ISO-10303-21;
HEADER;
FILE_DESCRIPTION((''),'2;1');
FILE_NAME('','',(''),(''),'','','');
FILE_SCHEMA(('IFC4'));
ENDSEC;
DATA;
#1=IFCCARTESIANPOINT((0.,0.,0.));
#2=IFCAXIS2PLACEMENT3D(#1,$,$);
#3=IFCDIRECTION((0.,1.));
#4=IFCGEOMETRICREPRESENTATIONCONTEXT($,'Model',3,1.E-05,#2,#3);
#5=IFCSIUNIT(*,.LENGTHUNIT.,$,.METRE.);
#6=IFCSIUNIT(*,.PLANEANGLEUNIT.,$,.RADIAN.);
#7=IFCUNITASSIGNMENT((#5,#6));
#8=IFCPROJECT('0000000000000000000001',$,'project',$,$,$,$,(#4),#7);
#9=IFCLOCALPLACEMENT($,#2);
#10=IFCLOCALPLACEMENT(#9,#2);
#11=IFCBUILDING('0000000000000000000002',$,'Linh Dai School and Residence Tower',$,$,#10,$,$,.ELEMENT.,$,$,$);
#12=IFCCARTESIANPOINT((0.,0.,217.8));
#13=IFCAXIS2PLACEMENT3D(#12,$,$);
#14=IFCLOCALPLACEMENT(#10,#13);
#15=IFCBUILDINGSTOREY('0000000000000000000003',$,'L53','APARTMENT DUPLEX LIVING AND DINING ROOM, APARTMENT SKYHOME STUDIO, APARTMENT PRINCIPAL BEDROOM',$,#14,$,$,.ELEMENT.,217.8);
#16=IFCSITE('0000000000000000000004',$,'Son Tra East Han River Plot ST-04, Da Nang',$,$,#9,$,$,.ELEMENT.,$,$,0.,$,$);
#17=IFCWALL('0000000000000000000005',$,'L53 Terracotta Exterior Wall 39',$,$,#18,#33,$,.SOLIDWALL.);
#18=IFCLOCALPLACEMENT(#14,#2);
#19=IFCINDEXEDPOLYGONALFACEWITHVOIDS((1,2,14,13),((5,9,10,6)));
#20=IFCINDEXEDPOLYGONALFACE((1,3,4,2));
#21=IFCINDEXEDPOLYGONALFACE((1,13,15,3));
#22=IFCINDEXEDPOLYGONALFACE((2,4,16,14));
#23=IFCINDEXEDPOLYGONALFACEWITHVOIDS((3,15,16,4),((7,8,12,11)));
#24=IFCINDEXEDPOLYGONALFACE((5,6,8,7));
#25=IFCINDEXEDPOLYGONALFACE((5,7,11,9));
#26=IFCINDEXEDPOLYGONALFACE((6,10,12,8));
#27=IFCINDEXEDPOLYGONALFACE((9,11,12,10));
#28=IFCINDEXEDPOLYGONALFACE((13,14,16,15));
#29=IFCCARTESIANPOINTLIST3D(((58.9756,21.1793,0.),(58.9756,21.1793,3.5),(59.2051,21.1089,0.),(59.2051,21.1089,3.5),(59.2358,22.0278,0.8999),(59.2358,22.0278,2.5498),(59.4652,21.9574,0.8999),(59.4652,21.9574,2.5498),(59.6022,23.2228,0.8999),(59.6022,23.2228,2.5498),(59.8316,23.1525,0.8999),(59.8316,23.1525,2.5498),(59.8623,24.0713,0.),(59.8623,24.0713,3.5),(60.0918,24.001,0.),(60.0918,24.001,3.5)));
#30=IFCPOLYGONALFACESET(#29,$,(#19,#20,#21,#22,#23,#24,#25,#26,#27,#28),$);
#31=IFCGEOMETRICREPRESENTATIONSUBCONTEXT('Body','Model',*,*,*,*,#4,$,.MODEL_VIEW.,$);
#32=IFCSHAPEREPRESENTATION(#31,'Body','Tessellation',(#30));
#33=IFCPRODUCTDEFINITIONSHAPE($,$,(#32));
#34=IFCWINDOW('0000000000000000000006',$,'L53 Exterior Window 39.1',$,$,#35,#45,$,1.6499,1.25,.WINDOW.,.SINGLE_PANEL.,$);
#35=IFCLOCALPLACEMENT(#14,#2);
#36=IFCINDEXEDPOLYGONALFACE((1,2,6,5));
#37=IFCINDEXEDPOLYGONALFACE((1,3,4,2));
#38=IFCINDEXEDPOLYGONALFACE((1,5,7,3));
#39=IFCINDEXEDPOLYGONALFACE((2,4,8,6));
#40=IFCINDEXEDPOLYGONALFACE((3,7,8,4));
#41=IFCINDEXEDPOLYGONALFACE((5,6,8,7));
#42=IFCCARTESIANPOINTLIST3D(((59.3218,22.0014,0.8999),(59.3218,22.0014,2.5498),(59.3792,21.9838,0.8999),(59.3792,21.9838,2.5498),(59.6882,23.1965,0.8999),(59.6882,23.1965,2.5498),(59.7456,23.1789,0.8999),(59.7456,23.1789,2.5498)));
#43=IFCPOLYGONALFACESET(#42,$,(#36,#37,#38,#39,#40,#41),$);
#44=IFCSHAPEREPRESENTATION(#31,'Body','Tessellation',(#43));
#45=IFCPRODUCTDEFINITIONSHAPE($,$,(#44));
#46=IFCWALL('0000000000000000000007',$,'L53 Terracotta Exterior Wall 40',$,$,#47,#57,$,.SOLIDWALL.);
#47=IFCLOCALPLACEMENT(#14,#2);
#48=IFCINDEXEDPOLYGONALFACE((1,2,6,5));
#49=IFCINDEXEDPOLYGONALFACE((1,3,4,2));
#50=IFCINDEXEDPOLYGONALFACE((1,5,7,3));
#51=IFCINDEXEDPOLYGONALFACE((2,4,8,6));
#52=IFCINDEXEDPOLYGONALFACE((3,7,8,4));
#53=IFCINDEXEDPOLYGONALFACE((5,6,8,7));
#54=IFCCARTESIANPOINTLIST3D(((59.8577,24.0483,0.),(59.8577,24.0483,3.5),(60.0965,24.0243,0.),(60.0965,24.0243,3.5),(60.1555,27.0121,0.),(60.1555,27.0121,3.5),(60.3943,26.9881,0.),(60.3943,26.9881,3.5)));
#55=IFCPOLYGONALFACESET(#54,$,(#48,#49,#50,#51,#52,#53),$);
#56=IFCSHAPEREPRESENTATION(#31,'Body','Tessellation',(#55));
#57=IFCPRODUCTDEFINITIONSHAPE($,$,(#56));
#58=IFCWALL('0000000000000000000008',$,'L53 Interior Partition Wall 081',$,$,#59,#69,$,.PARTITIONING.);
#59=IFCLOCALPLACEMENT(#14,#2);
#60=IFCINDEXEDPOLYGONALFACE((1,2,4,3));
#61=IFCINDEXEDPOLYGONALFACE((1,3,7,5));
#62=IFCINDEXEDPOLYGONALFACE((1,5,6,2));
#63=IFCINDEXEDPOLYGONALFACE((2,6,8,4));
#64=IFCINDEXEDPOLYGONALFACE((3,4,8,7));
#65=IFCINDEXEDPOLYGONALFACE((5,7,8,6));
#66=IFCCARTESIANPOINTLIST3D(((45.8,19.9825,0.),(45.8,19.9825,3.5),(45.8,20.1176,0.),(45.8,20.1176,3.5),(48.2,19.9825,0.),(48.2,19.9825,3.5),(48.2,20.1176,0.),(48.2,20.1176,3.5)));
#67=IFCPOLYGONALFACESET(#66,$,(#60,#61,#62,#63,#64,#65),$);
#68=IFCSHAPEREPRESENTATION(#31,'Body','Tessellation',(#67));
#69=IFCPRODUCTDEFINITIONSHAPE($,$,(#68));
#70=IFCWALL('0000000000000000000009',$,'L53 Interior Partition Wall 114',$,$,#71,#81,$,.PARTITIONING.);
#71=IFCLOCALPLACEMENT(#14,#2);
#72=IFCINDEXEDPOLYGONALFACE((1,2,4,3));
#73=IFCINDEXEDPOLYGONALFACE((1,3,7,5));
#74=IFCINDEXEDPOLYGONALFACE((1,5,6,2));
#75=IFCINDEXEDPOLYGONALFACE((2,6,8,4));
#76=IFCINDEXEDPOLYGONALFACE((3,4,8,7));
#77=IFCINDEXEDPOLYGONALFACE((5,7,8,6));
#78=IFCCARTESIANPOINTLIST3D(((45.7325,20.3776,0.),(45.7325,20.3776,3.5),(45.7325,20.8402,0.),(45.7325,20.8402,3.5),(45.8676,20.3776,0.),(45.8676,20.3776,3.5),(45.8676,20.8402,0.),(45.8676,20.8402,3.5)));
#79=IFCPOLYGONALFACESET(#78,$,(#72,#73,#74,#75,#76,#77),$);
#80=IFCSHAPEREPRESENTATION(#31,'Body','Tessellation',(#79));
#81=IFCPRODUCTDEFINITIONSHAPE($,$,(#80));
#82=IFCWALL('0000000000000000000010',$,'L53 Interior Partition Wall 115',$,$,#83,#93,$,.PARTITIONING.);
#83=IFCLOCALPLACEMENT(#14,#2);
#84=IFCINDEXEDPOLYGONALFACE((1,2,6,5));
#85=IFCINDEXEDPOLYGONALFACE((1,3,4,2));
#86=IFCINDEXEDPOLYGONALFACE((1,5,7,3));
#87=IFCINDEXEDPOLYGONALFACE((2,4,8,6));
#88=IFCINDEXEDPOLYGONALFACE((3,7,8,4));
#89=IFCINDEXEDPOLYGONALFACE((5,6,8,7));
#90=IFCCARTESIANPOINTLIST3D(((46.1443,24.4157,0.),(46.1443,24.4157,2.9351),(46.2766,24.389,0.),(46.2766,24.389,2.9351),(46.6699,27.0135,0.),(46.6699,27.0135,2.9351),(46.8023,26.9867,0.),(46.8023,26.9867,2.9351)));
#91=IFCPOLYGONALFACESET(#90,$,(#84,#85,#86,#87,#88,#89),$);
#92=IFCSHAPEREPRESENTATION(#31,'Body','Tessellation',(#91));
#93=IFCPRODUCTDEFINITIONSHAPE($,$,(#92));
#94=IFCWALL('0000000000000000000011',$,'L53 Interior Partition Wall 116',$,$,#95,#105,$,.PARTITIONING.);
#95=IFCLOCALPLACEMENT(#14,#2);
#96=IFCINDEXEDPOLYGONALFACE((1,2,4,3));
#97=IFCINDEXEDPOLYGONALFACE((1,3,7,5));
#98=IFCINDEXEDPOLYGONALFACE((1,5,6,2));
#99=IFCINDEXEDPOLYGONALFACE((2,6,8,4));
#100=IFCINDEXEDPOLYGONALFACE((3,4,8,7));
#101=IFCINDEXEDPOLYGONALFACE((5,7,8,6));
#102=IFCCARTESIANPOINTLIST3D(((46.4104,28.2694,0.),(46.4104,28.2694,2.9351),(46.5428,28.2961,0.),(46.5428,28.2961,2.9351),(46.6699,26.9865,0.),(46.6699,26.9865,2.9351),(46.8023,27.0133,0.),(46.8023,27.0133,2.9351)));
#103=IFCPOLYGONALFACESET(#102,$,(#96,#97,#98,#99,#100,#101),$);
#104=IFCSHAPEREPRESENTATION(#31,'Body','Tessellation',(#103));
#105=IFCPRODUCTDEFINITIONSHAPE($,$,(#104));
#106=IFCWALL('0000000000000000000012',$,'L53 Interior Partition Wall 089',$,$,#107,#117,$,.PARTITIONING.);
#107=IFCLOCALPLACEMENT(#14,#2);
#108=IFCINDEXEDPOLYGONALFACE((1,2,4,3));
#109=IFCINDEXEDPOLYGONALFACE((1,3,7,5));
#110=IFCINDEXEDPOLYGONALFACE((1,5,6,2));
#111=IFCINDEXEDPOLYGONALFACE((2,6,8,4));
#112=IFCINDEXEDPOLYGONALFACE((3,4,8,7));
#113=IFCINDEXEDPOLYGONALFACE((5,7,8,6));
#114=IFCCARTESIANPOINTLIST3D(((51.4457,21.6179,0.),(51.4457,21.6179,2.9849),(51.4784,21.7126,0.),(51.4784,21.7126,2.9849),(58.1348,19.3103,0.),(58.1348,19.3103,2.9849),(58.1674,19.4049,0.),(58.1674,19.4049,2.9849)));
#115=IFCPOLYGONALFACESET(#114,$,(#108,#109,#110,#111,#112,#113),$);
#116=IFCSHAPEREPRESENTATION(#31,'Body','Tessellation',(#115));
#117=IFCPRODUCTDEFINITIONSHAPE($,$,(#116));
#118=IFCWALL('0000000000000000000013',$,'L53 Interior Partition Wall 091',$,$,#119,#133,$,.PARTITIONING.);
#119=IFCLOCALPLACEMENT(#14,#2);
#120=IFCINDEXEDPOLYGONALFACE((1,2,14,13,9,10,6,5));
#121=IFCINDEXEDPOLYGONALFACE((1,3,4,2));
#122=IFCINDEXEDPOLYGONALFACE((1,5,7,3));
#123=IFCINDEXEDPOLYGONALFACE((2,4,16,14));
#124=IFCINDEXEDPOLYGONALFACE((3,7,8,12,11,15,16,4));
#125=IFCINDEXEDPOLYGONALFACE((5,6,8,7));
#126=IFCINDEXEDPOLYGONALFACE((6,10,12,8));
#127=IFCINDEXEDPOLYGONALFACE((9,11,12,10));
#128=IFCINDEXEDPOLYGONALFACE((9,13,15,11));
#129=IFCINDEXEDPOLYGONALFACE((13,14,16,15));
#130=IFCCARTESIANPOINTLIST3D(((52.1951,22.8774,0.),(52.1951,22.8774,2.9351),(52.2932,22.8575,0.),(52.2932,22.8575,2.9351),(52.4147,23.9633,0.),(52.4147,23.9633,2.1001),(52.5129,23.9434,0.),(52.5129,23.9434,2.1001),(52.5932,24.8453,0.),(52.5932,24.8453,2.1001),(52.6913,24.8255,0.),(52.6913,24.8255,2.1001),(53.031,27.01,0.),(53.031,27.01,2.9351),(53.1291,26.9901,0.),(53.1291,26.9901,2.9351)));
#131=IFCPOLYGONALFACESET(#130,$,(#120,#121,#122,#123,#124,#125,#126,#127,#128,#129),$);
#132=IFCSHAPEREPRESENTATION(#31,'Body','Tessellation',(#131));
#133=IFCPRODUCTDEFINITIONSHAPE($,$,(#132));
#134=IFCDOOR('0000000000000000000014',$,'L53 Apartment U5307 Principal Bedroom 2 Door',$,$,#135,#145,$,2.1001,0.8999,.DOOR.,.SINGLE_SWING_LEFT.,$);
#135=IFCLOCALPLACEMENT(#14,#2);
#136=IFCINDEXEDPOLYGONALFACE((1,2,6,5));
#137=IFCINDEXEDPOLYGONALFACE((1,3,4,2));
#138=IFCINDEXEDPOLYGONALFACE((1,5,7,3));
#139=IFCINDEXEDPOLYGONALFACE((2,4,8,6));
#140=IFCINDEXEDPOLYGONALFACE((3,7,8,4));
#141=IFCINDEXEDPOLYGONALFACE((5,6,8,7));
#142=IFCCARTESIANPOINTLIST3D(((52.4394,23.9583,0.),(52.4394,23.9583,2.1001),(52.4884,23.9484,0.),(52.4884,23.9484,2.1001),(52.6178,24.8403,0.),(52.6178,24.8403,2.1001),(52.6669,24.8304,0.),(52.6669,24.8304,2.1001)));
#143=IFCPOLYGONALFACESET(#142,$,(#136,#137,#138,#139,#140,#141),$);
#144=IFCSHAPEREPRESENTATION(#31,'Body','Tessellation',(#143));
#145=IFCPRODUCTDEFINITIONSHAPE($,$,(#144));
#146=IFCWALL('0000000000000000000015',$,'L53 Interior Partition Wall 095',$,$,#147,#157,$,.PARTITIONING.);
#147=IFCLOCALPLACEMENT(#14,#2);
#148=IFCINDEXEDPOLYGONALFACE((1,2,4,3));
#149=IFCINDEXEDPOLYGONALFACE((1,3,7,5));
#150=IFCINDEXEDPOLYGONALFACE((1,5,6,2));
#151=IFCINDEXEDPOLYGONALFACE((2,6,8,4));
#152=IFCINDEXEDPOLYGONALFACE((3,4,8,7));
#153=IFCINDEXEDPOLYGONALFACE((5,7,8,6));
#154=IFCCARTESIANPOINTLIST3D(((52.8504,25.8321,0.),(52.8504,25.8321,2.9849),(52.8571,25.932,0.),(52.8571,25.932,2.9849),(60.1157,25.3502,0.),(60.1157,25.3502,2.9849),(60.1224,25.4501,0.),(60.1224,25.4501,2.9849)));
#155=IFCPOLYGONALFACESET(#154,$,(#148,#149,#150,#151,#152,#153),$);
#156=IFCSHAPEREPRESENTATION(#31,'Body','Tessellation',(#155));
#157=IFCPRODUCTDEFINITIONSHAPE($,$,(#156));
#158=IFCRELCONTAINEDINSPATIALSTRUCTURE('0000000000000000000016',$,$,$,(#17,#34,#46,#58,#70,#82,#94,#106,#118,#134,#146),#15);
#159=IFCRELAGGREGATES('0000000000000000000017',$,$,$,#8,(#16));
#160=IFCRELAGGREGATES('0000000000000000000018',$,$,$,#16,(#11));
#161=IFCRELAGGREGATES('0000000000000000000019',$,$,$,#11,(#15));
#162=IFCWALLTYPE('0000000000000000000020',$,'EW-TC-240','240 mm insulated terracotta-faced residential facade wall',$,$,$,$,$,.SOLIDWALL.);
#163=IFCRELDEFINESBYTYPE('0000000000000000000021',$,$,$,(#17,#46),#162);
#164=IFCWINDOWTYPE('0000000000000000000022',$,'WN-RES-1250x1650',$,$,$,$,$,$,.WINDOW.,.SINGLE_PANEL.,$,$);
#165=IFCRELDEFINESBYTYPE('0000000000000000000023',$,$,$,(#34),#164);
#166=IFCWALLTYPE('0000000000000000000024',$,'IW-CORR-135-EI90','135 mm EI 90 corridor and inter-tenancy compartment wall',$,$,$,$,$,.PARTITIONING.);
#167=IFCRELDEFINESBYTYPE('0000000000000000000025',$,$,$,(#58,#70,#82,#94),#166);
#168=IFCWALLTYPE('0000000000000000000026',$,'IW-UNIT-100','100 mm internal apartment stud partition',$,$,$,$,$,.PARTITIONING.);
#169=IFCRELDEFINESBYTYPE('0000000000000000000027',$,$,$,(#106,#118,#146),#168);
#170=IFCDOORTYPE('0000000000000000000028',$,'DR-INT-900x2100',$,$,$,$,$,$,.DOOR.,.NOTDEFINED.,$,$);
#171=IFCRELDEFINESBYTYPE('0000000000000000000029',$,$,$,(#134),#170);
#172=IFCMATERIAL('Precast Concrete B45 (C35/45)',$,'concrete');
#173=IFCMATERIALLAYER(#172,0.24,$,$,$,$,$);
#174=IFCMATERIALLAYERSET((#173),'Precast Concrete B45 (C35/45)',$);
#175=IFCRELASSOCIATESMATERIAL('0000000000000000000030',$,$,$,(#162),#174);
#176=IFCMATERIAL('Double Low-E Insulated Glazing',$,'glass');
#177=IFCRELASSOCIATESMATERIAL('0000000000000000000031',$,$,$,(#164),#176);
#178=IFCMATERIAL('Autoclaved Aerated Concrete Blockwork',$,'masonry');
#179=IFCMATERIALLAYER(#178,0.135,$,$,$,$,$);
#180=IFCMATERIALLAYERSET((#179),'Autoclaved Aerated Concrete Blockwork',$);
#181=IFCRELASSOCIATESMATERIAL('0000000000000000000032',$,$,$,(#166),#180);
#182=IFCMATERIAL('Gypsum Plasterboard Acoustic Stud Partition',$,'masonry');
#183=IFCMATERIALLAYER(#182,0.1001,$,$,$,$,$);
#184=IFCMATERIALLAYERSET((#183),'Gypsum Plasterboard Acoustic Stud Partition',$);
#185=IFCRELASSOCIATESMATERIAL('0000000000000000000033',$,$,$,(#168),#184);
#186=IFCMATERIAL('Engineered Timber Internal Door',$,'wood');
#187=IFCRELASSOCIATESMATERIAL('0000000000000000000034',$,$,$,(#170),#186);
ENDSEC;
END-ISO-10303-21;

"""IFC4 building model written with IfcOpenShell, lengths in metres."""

from ifc_helpers import new_model, si_unit, direction, frame, frame_2d, origin, origin_2d, place, context, subcontext, project, spatial, rectangle, extrude, source, transform, mapped, material, layer, layer_set, type_object, element, fill, save


model = new_model("IFC4")

# Units and contexts
model_context = context("Model", 3, precision=1e-05, world=origin(), true_north=direction((0.0, 1.0)))
body_context = subcontext(model_context, "Body", "Model", "MODEL_VIEW")
ifc_project = project(units=[si_unit("LENGTHUNIT", "METRE"), si_unit("PLANEANGLEUNIT", "RADIAN")], contexts=[model_context])

# Site, building, storey
site_placement = place(None, origin())
site = spatial("IfcSite", under=ifc_project, at=site_placement, Name="Son Tra East Han River Plot ST-04, Da Nang", CompositionType="ELEMENT", RefElevation=0.0)
building_placement = place(site_placement, origin())
building = spatial("IfcBuilding", under=site, at=building_placement, Name="Linh Dai School and Residence Tower", CompositionType="ELEMENT")
storey_placement = place(building_placement, frame((0.0, 0.0, 217.8)))
storey = spatial("IfcBuildingStorey", under=building, at=storey_placement, Name="L53", Description="APARTMENT DUPLEX LIVING AND DINING ROOM, APARTMENT SKYHOME STUDIO, APARTMENT PRINCIPAL BEDROOM", CompositionType="ELEMENT", Elevation=217.8)

# Shared definitions
ifc_material_1 = material(Name="Precast Concrete B45 (C35/45)", Category="concrete")
ifc_layer_1 = layer(ifc_material_1, 0.24)
ifc_layer_set_1 = layer_set([ifc_layer_1], Name="Precast Concrete B45 (C35/45)")
wall_type_1 = type_object("IfcWallType", Name="EW-TC-240", Description="240 mm insulated terracotta-faced residential facade wall", PredefinedType="SOLIDWALL", material=ifc_layer_set_1)

# Wall, opening, window
wall_1_placement = place(storey_placement, frame((59.9771, 24.0361, 0.0), z_axis=(0.0, 0.0, 1.0), x_axis=(-0.293133, -0.956072, 0.0)))
wall_1 = element("IfcWall", 1, at=wall_1_placement, inside=storey, type_object=wall_type_1, Name="L53 Terracotta Exterior Wall 39", PredefinedType="SOLIDWALL", context=body_context, shape_type="SweptSolid", body=[
    extrude(rectangle(XDim=3.0249, YDim=0.24, at=frame_2d((1.5125, 0.0))), origin(), (0.0, 0.0, 1.0), 3.5),
])
opening_1_placement = place(wall_1_placement, frame((0.8875, 0.0, 0.8999)))
opening_1 = element("IfcOpeningElement", 2, at=opening_1_placement, cuts=wall_1, PredefinedType="OPENING", context=body_context, shape_type="SweptSolid", body=[
    extrude(rectangle(XDim=1.25, YDim=1.6499, at=origin_2d()), frame((0.625, 0.1299, 0.825), z_axis=(0.0, -1.0, 0.0), x_axis=(1.0, 0.0, 0.0)), (0.0, 0.0, 1.0), 0.26),
])
ifc_material_2 = material(Name="Double Low-E Insulated Glazing", Category="glass")
window_type = type_object("IfcWindowType", Name="WN-RES-1250x1650", PartitioningType="SINGLE_PANEL", PredefinedType="WINDOW", material=ifc_material_2)
shared_shape_1 = source(origin(), body_context, "Body", "SweptSolid", [
    extrude(rectangle(XDim=1.25, YDim=1.6499, at=origin_2d()), frame((0.625, 0.03, 0.825), z_axis=(0.0, -1.0, 0.0), x_axis=(1.0, 0.0, 0.0)), (0.0, 0.0, 1.0), 0.0601),
])
window_placement = place(opening_1_placement, origin())
window = element("IfcWindow", 3, at=window_placement, inside=storey, type_object=window_type, Name="L53 Exterior Window 39.1", OverallHeight=1.6499, OverallWidth=1.25, PartitioningType="SINGLE_PANEL", PredefinedType="WINDOW", context=body_context, shape_type="MappedRepresentation", body=[
    mapped(shared_shape_1, transform((0.0, 0.0, 0.0), x_axis=(1.0, 0.0, 0.0), y_axis=(0.0, 1.0, 0.0), z_axis=(0.0, 0.0, 1.0), scale=1.0)),
])
fill(opening_1, window)

# Walls
wall_2_placement = place(storey_placement, frame((60.2749, 27.0, 0.0), z_axis=(0.0, 0.0, 1.0), x_axis=(-0.099991, -0.994988, 0.0)))
element("IfcWall", 4, at=wall_2_placement, inside=storey, type_object=wall_type_1, Name="L53 Terracotta Exterior Wall 40", PredefinedType="SOLIDWALL", context=body_context, shape_type="SweptSolid", body=[
    extrude(rectangle(XDim=2.9788, YDim=0.24, at=frame_2d((1.4893, 0.0))), origin(), (0.0, 0.0, 1.0), 3.5),
])
ifc_material_3 = material(Name="Autoclaved Aerated Concrete Blockwork", Category="masonry")
ifc_layer_2 = layer(ifc_material_3, 0.135)
ifc_layer_set_2 = layer_set([ifc_layer_2], Name="Autoclaved Aerated Concrete Blockwork")
wall_type_2 = type_object("IfcWallType", Name="IW-CORR-135-EI90", Description="135 mm EI 90 corridor and inter-tenancy compartment wall", PredefinedType="PARTITIONING", material=ifc_layer_set_2)
wall_3_placement = place(storey_placement, frame((45.8, 20.05, 0.0), z_axis=(0.0, 0.0, 1.0), x_axis=(1.0, 0.0, 0.0)))
element("IfcWall", 5, at=wall_3_placement, inside=storey, type_object=wall_type_2, Name="L53 Interior Partition Wall 081", PredefinedType="PARTITIONING", context=body_context, shape_type="SweptSolid", body=[
    extrude(rectangle(XDim=2.3999, YDim=0.135, at=frame_2d((1.2, 0.0))), origin(), (0.0, 0.0, 1.0), 3.5),
])
wall_4_placement = place(storey_placement, frame((45.8, 20.3774, 0.0), z_axis=(0.0, 0.0, 1.0), x_axis=(0.0, 1.0, 0.0)))
element("IfcWall", 6, at=wall_4_placement, inside=storey, type_object=wall_type_2, Name="L53 Interior Partition Wall 114", PredefinedType="PARTITIONING", context=body_context, shape_type="SweptSolid", body=[
    extrude(rectangle(XDim=0.4626, YDim=0.135, at=frame_2d((0.2314, 0.0))), origin(), (0.0, 0.0, 1.0), 3.5),
])
wall_5_placement = place(storey_placement, frame((46.2104, 24.4023, 0.0), z_axis=(0.0, 0.0, 1.0), x_axis=(0.19833, 0.980135, 0.0)))
element("IfcWall", 7, at=wall_5_placement, inside=storey, type_object=wall_type_2, Name="L53 Interior Partition Wall 115", PredefinedType="PARTITIONING", context=body_context, shape_type="SweptSolid", body=[
    extrude(rectangle(XDim=2.6504, YDim=0.135, at=frame_2d((1.3252, 0.0))), origin(), (0.0, 0.0, 1.0), 2.9351),
])
wall_6_placement = place(storey_placement, frame((46.7361, 27.0, 0.0), z_axis=(0.0, 0.0, 1.0), x_axis=(-0.198268, 0.980148, 0.0)))
element("IfcWall", 8, at=wall_6_placement, inside=storey, type_object=wall_type_2, Name="L53 Interior Partition Wall 116", PredefinedType="PARTITIONING", context=body_context, shape_type="SweptSolid", body=[
    extrude(rectangle(XDim=1.3088, YDim=0.135, at=frame_2d((0.6543, 0.0))), origin(), (0.0, 0.0, 1.0), 2.9351),
])
ifc_material_4 = material(Name="Gypsum Plasterboard Acoustic Stud Partition", Category="masonry")
ifc_layer_3 = layer(ifc_material_4, 0.1001)
ifc_layer_set_3 = layer_set([ifc_layer_3], Name="Gypsum Plasterboard Acoustic Stud Partition")
wall_type_3 = type_object("IfcWallType", Name="IW-UNIT-100", Description="100 mm internal apartment stud partition", PredefinedType="PARTITIONING", material=ifc_layer_set_3)
wall_7_placement = place(storey_placement, frame((51.4619, 21.6653, 0.0), z_axis=(0.0, 0.0, 1.0), x_axis=(0.945326, -0.326127, 0.0)))
element("IfcWall", 9, at=wall_7_placement, inside=storey, type_object=wall_type_3, Name="L53 Interior Partition Wall 089", PredefinedType="PARTITIONING", context=body_context, shape_type="SweptSolid", body=[
    extrude(rectangle(XDim=7.0759, YDim=0.1001, at=frame_2d((3.5381, 0.0))), origin(), (0.0, 0.0, 1.0), 2.9849),
])

# Wall, opening, door
wall_8_placement = place(storey_placement, frame((52.2441, 22.8674, 0.0), z_axis=(0.0, 0.0, 1.0), x_axis=(0.198265, 0.980148, 0.0)))
wall_8 = element("IfcWall", 10, at=wall_8_placement, inside=storey, type_object=wall_type_3, Name="L53 Interior Partition Wall 091", PredefinedType="PARTITIONING", context=body_context, shape_type="SweptSolid", body=[
    extrude(rectangle(XDim=4.2163, YDim=0.1001, at=frame_2d((2.1082, 0.0))), origin(), (0.0, 0.0, 1.0), 2.9351),
])
opening_2_placement = place(wall_8_placement, frame((1.1079, 0.0, 0.0)))
opening_2 = element("IfcOpeningElement", 11, at=opening_2_placement, cuts=wall_8, PredefinedType="OPENING", context=body_context, shape_type="SweptSolid", body=[
    extrude(rectangle(XDim=0.8999, YDim=2.1001, at=origin_2d()), frame((0.45, 0.0601, 1.05), z_axis=(0.0, -1.0, 0.0), x_axis=(1.0, 0.0, 0.0)), (0.0, 0.0, 1.0), 0.1201),
])
ifc_material_5 = material(Name="Engineered Timber Internal Door", Category="wood")
door_type_1 = type_object("IfcDoorType", Name="DR-INT-900x2100", OperationType="NOTDEFINED", PredefinedType="DOOR", material=ifc_material_5)
shared_shape_2 = source(origin(), body_context, "Body", "SweptSolid", [
    extrude(rectangle(XDim=0.8999, YDim=2.1001, at=origin_2d()), frame((0.45, 0.0249, 1.05), z_axis=(0.0, -1.0, 0.0), x_axis=(1.0, 0.0, 0.0)), (0.0, 0.0, 1.0), 0.05),
])
door_1_placement = place(opening_2_placement, origin())
door_1 = element("IfcDoor", 12, at=door_1_placement, inside=storey, type_object=door_type_1, Name="L53 Apartment U5307 Principal Bedroom 2 Door", OperationType="SINGLE_SWING_LEFT", OverallHeight=2.1001, OverallWidth=0.8999, PredefinedType="DOOR", context=body_context, shape_type="MappedRepresentation", body=[
    mapped(shared_shape_2, transform((0.0, 0.0, 0.0), x_axis=(1.0, 0.0, 0.0), y_axis=(0.0, 1.0, 0.0), z_axis=(0.0, 0.0, 1.0), scale=1.0)),
])
fill(opening_2, door_1)

# Wall
wall_9_placement = place(storey_placement, frame((52.8538, 25.8821, 0.0), z_axis=(0.0, 0.0, 1.0), x_axis=(0.997807, -0.066187, 0.0)))
element("IfcWall", 13, at=wall_9_placement, inside=storey, type_object=wall_type_3, Name="L53 Interior Partition Wall 095", PredefinedType="PARTITIONING", context=body_context, shape_type="SweptSolid", body=[
    extrude(rectangle(XDim=7.2812, YDim=0.1001, at=frame_2d((3.6406, 0.0))), origin(), (0.0, 0.0, 1.0), 2.9849),
])

save(model, "model.ifc")
